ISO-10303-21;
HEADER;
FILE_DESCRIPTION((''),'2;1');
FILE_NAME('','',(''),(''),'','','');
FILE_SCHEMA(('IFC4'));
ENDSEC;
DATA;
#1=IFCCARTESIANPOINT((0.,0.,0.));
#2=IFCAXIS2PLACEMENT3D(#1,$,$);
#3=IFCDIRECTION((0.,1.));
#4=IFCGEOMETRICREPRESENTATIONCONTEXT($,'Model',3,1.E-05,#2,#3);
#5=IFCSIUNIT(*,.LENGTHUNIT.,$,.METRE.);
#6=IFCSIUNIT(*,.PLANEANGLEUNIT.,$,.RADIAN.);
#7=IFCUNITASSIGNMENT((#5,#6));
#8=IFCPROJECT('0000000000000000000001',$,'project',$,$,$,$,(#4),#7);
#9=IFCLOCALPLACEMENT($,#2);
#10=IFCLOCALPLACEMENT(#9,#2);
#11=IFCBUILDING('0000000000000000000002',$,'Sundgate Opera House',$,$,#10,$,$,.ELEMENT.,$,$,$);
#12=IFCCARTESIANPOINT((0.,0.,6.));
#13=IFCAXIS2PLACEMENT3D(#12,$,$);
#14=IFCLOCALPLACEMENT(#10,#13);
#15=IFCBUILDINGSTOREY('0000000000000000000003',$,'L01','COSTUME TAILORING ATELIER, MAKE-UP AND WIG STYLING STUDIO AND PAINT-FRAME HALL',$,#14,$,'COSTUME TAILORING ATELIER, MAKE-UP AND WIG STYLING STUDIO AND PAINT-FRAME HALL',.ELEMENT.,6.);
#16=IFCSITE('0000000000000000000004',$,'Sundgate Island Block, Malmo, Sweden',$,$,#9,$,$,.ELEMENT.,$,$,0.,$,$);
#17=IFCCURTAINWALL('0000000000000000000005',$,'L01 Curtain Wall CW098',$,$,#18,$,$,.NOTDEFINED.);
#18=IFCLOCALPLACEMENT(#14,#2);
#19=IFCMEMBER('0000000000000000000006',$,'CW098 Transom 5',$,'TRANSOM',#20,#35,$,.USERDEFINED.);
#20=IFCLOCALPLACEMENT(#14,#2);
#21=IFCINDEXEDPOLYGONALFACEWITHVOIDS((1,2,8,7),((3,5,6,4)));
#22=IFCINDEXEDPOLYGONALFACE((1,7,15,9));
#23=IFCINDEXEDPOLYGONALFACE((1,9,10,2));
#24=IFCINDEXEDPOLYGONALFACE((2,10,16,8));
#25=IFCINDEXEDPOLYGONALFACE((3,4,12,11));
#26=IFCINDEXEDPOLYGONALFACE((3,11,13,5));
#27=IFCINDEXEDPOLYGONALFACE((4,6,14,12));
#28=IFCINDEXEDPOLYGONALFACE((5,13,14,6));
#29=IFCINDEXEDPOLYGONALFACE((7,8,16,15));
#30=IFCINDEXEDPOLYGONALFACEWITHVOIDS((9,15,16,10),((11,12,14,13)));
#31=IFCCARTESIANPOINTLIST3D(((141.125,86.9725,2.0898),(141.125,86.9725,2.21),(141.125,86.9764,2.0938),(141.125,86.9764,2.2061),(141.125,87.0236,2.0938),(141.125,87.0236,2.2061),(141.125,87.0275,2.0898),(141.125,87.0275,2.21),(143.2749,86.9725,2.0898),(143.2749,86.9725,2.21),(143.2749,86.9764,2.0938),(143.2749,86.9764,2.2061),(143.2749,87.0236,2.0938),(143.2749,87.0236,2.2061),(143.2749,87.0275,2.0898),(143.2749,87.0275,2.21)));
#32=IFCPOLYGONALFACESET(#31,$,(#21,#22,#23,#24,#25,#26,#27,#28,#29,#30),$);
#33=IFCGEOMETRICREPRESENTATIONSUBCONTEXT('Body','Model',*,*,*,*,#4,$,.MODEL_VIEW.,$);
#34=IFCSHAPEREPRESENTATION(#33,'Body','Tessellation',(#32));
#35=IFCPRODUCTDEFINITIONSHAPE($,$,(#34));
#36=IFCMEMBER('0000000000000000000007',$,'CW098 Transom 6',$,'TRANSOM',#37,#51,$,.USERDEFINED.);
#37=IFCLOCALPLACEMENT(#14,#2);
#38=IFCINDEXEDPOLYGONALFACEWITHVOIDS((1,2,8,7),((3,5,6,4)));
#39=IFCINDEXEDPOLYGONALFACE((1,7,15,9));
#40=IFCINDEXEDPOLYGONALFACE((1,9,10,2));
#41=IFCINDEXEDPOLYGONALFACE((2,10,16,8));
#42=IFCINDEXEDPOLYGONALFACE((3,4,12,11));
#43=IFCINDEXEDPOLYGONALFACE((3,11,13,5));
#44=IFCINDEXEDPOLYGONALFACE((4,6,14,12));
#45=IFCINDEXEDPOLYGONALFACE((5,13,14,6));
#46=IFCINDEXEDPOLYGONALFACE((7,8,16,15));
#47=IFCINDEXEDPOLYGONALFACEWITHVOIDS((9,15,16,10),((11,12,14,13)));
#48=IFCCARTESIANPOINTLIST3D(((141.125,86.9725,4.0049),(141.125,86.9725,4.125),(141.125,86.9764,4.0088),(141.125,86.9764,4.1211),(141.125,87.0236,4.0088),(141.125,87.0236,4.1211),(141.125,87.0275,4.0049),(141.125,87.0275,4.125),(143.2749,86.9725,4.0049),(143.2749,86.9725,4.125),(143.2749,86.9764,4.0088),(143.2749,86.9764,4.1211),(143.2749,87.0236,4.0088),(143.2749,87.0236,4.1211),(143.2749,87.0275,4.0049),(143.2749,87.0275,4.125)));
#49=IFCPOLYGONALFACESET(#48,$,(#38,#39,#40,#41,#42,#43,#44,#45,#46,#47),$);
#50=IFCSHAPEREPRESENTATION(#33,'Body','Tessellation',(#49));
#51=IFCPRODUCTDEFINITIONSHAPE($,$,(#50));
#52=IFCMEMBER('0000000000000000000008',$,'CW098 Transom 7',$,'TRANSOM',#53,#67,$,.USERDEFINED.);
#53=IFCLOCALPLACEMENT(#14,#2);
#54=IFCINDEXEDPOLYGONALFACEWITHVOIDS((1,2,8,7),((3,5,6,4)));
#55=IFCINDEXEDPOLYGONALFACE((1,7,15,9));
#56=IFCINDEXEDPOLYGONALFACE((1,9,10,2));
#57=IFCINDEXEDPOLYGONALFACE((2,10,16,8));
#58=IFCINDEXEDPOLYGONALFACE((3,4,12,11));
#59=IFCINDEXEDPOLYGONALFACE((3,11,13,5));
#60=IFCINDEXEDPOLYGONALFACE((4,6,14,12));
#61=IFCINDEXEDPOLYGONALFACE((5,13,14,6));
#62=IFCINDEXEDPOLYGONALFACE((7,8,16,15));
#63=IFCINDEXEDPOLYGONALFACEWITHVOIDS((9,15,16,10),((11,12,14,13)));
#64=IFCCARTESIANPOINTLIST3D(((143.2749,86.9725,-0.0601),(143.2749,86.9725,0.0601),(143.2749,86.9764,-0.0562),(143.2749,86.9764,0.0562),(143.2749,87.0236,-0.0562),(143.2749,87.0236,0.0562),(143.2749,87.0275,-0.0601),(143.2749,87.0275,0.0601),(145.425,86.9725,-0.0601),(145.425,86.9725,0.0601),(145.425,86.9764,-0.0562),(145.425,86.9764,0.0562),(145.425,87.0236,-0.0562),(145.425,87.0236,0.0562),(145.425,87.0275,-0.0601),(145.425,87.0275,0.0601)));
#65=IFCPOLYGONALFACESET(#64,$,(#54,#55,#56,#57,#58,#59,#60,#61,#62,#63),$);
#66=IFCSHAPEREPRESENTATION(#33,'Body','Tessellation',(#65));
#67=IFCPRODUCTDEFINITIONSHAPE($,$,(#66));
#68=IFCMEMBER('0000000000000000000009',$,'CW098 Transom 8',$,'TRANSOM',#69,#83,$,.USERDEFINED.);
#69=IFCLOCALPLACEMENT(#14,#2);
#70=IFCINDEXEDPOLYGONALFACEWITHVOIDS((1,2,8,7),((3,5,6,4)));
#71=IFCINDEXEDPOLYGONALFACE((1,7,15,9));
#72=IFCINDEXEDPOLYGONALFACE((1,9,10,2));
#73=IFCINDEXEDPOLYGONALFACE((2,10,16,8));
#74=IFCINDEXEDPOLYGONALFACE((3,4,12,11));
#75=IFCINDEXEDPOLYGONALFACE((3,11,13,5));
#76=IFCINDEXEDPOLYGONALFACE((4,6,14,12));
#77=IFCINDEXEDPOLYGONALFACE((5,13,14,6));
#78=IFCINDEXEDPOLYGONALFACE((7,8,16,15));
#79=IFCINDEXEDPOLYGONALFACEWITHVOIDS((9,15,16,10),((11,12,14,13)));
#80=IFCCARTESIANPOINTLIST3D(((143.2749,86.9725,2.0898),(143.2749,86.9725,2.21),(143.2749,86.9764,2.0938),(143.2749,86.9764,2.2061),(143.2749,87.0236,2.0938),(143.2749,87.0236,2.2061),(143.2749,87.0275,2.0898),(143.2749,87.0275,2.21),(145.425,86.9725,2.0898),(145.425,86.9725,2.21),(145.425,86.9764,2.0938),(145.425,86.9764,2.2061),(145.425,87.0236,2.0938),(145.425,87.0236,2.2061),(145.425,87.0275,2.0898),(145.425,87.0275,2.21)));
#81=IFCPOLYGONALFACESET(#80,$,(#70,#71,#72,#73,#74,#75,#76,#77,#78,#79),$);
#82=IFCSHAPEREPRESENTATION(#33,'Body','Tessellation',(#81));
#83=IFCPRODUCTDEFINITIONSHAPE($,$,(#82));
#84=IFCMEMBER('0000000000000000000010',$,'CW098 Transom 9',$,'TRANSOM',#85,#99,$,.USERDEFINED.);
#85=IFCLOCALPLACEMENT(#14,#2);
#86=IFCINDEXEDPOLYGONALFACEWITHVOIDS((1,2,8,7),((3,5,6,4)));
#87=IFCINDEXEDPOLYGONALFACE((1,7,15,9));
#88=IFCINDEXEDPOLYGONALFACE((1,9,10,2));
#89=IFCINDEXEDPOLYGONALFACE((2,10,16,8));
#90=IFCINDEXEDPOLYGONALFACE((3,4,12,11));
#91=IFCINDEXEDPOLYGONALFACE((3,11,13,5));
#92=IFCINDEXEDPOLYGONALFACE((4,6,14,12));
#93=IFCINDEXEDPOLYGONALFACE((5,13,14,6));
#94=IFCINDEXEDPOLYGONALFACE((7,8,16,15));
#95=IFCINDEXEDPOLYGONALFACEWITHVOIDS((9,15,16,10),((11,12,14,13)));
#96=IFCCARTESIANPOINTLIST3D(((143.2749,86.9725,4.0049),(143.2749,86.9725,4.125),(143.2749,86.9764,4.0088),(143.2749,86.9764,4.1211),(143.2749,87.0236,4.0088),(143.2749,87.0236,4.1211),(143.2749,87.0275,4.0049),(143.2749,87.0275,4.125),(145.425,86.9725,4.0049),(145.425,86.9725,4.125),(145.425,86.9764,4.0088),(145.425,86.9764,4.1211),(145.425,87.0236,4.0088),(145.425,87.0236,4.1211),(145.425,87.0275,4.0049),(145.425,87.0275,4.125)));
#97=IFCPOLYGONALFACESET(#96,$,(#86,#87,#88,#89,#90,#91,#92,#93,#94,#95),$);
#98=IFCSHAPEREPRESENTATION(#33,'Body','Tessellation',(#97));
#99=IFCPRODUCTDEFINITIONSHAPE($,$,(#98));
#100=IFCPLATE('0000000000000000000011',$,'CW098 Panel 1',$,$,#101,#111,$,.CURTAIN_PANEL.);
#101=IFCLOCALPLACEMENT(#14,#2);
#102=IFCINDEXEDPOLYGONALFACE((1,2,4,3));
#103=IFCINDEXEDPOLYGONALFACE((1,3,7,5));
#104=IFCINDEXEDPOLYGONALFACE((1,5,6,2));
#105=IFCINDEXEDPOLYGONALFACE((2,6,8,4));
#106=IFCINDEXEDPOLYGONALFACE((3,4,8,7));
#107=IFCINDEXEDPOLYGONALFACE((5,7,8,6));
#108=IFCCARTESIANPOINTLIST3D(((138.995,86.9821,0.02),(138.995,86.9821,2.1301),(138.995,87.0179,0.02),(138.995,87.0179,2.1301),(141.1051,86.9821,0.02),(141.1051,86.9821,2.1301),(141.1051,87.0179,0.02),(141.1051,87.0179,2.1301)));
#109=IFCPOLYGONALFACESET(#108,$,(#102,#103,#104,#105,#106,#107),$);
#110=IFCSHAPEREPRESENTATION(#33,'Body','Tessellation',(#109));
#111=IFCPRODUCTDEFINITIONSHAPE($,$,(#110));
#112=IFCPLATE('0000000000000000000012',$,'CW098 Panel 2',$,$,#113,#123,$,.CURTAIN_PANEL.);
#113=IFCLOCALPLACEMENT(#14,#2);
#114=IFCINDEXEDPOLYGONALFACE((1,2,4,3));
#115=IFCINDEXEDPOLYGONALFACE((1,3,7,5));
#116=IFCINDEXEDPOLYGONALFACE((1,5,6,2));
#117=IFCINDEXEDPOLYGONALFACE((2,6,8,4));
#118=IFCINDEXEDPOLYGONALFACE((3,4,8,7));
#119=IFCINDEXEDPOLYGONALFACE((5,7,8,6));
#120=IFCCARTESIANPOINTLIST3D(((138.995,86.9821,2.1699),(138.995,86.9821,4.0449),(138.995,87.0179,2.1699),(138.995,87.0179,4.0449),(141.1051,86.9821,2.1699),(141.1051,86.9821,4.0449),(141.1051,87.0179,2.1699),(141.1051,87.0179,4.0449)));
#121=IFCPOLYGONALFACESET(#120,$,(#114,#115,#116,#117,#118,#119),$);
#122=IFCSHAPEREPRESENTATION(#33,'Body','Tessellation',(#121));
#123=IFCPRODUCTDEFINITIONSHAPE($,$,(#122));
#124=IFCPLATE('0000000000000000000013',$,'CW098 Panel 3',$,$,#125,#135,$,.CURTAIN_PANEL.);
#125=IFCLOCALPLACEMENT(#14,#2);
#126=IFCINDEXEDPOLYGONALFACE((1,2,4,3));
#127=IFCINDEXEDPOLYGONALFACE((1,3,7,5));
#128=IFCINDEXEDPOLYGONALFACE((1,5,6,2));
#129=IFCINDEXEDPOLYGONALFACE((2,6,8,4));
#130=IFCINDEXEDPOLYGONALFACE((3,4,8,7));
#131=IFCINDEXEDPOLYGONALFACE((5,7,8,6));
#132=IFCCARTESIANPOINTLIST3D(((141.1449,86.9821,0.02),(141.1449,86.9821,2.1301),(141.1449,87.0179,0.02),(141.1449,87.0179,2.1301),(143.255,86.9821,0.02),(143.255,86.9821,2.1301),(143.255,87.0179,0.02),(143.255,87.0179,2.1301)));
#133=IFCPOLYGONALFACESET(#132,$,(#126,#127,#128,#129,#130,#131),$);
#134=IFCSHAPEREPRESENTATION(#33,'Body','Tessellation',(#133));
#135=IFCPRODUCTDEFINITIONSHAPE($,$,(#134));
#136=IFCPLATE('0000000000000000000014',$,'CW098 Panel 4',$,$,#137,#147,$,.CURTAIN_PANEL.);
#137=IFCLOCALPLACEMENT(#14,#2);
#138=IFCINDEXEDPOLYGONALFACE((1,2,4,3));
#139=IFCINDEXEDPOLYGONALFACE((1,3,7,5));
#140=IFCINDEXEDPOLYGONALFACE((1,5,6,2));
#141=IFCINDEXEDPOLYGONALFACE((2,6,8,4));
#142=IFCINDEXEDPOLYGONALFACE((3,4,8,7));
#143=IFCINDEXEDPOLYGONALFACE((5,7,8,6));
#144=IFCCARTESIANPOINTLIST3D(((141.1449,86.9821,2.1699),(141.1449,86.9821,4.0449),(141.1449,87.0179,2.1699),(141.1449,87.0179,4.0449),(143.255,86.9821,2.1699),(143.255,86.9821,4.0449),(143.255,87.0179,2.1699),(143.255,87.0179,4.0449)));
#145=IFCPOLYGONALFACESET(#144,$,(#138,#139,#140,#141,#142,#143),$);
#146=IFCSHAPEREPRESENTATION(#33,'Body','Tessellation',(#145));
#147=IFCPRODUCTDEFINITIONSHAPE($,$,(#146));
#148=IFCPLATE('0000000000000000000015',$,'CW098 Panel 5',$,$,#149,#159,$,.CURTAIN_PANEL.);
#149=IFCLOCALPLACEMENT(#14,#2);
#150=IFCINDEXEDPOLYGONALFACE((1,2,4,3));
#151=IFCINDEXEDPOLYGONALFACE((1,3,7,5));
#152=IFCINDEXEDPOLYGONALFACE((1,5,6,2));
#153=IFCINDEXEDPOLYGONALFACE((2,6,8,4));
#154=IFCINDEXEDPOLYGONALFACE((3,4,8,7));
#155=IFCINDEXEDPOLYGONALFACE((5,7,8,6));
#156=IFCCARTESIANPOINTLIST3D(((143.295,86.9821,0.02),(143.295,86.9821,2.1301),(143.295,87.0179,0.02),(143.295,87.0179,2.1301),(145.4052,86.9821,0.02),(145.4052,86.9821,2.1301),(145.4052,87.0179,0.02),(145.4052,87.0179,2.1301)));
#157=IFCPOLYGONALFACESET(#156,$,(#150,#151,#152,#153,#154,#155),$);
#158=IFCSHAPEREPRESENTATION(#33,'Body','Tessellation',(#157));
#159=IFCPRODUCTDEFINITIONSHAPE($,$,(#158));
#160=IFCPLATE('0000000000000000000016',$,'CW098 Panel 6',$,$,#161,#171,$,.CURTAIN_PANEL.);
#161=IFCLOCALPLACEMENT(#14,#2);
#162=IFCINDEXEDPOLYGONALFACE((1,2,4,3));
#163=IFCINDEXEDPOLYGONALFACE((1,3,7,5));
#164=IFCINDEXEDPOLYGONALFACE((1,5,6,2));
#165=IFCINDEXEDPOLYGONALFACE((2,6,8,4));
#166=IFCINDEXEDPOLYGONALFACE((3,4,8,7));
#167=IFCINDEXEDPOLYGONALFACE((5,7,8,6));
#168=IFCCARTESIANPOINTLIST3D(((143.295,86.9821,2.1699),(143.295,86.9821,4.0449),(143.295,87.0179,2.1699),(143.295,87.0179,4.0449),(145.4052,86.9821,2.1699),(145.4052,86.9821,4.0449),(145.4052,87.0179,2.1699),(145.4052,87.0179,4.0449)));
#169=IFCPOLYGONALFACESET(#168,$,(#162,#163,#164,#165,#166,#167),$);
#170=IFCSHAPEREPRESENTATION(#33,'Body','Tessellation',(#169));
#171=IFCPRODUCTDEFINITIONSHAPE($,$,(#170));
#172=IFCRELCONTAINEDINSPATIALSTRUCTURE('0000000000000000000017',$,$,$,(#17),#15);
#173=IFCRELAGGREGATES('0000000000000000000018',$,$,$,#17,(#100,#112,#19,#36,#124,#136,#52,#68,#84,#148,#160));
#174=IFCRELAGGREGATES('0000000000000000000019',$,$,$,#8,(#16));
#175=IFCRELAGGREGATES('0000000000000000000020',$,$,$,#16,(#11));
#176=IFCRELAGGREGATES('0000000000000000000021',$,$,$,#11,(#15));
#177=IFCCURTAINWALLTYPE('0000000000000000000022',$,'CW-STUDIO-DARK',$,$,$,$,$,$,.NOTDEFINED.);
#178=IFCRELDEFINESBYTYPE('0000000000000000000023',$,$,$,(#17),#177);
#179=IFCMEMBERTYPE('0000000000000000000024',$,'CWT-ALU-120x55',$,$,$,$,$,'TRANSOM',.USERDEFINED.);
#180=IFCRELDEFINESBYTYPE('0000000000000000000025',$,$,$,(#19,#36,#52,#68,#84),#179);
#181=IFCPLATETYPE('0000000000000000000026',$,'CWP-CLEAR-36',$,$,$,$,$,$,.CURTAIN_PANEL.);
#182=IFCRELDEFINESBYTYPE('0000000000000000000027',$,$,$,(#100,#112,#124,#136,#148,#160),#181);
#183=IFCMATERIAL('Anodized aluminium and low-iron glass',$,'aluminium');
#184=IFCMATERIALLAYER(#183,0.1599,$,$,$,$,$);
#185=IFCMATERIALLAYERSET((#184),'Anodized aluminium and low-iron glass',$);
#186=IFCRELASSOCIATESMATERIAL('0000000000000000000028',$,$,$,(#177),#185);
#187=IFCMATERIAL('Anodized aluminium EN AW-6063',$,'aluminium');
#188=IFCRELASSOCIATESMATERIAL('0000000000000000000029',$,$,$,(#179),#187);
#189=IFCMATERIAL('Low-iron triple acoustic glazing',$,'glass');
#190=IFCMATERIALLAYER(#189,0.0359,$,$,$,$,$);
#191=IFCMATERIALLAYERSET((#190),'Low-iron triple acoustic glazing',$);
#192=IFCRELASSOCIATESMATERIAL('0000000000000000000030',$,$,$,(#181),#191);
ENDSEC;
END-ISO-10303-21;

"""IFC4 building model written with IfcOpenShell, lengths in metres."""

from ifc_helpers import new_model, si_unit, direction, frame, origin, origin_2d, place, context, subcontext, project, spatial, rectangle, hollow_rectangle, extrude, material, layer, layer_set, material_profile, profile_set, type_object, element, aggregate, save


model = new_model("IFC4")

# Units and contexts
model_context = context("Model", 3, precision=1e-05, world=origin(), true_north=direction((0.0, 1.0)))
body_context = subcontext(model_context, "Body", "Model", "MODEL_VIEW")
ifc_project = project(units=[si_unit("LENGTHUNIT", "METRE"), si_unit("PLANEANGLEUNIT", "RADIAN")], contexts=[model_context])

# Site, building, storey
site_placement = place(None, origin())
site = spatial("IfcSite", under=ifc_project, at=site_placement, Name="Sundgate Island Block, Malmo, Sweden", CompositionType="ELEMENT", RefElevation=0.0)
building_placement = place(site_placement, origin())
building = spatial("IfcBuilding", under=site, at=building_placement, Name="Sundgate Opera House", CompositionType="ELEMENT")
storey_placement = place(building_placement, frame((0.0, 0.0, 6.0)))
storey = spatial("IfcBuildingStorey", under=building, at=storey_placement, Name="L01", Description="COSTUME TAILORING ATELIER, MAKE-UP AND WIG STYLING STUDIO AND PAINT-FRAME HALL", LongName="COSTUME TAILORING ATELIER, MAKE-UP AND WIG STYLING STUDIO AND PAINT-FRAME HALL", CompositionType="ELEMENT", Elevation=6.0)

# Shared definitions
ifc_material_1 = material(Name="Anodized aluminium and low-iron glass", Category="aluminium")
ifc_layer_1 = layer(ifc_material_1, 0.1599)
ifc_layer_set_1 = layer_set([ifc_layer_1], Name="Anodized aluminium and low-iron glass")
curtain_wall_type = type_object("IfcCurtainWallType", Name="CW-STUDIO-DARK", PredefinedType="NOTDEFINED", material=ifc_layer_set_1)

# Curtain wall, members, plates
curtain_wall_1_placement = place(storey_placement, origin())
curtain_wall_1 = element("IfcCurtainWall", 1, at=curtain_wall_1_placement, inside=storey, type_object=curtain_wall_type, Name="L01 Curtain Wall CW098", PredefinedType="NOTDEFINED")
ifc_material_2 = material(Name="Anodized aluminium EN AW-6063", Category="aluminium")
ifc_material_profile_1 = material_profile(ifc_material_2, hollow_rectangle(XDim=0.0549, YDim=0.1201, WallThickness=0.0039, at=origin_2d()), Name="CWT 120x55x4")
ifc_profile_set_1 = profile_set([ifc_material_profile_1], Name="Anodized aluminium EN AW-6063")
member_type_1 = type_object("IfcMemberType", Name="CWT-ALU-120x55", ElementType="TRANSOM", PredefinedType="USERDEFINED", material=ifc_profile_set_1)
member_1_placement = place(storey_placement, frame((141.125, 87.0, 2.1499), z_axis=(1.0, 0.0, 0.0), x_axis=(0.0, 1.0, 0.0)))
member_1 = element("IfcMember", 2, at=member_1_placement, type_object=member_type_1, Name="CW098 Transom 5", ObjectType="TRANSOM", PredefinedType="USERDEFINED", context=body_context, shape_type="SweptSolid", body=[
    extrude(hollow_rectangle(XDim=0.0549, YDim=0.1201, WallThickness=0.0039, at=origin_2d()), origin(), (0.0, 0.0, 1.0), 2.1499),
])
member_2_placement = place(storey_placement, frame((141.125, 87.0, 4.0649), z_axis=(1.0, 0.0, 0.0), x_axis=(0.0, 1.0, 0.0)))
member_2 = element("IfcMember", 3, at=member_2_placement, type_object=member_type_1, Name="CW098 Transom 6", ObjectType="TRANSOM", PredefinedType="USERDEFINED", context=body_context, shape_type="SweptSolid", body=[
    extrude(hollow_rectangle(XDim=0.0549, YDim=0.1201, WallThickness=0.0039, at=origin_2d()), origin(), (0.0, 0.0, 1.0), 2.1499),
])
member_3_placement = place(storey_placement, frame((143.2749, 87.0, 0.0), z_axis=(1.0, 0.0, 0.0), x_axis=(0.0, 1.0, 0.0)))
member_3 = element("IfcMember", 4, at=member_3_placement, type_object=member_type_1, Name="CW098 Transom 7", ObjectType="TRANSOM", PredefinedType="USERDEFINED", context=body_context, shape_type="SweptSolid", body=[
    extrude(hollow_rectangle(XDim=0.0549, YDim=0.1201, WallThickness=0.0039, at=origin_2d()), origin(), (0.0, 0.0, 1.0), 2.1501),
])
member_4_placement = place(storey_placement, frame((143.2749, 87.0, 2.1499), z_axis=(1.0, 0.0, 0.0), x_axis=(0.0, 1.0, 0.0)))
member_4 = element("IfcMember", 5, at=member_4_placement, type_object=member_type_1, Name="CW098 Transom 8", ObjectType="TRANSOM", PredefinedType="USERDEFINED", context=body_context, shape_type="SweptSolid", body=[
    extrude(hollow_rectangle(XDim=0.0549, YDim=0.1201, WallThickness=0.0039, at=origin_2d()), origin(), (0.0, 0.0, 1.0), 2.1501),
])
member_5_placement = place(storey_placement, frame((143.2749, 87.0, 4.0649), z_axis=(1.0, 0.0, 0.0), x_axis=(0.0, 1.0, 0.0)))
member_5 = element("IfcMember", 6, at=member_5_placement, type_object=member_type_1, Name="CW098 Transom 9", ObjectType="TRANSOM", PredefinedType="USERDEFINED", context=body_context, shape_type="SweptSolid", body=[
    extrude(hollow_rectangle(XDim=0.0549, YDim=0.1201, WallThickness=0.0039, at=origin_2d()), origin(), (0.0, 0.0, 1.0), 2.1501),
])
ifc_material_3 = material(Name="Low-iron triple acoustic glazing", Category="glass")
ifc_layer_2 = layer(ifc_material_3, 0.0359)
ifc_layer_set_2 = layer_set([ifc_layer_2], Name="Low-iron triple acoustic glazing")
plate_type = type_object("IfcPlateType", Name="CWP-CLEAR-36", PredefinedType="CURTAIN_PANEL", material=ifc_layer_set_2)
plate_1_placement = place(storey_placement, frame((140.05, 87.0, 0.02), z_axis=(0.0, 0.0, 1.0), x_axis=(1.0, 0.0, 0.0)))
plate_1 = element("IfcPlate", 7, at=plate_1_placement, type_object=plate_type, Name="CW098 Panel 1", PredefinedType="CURTAIN_PANEL", context=body_context, shape_type="SweptSolid", body=[
    extrude(rectangle(XDim=2.1101, YDim=0.0359, at=origin_2d()), origin(), (0.0, 0.0, 1.0), 2.1101),
])
plate_2_placement = place(storey_placement, frame((140.05, 87.0, 2.1699), z_axis=(0.0, 0.0, 1.0), x_axis=(1.0, 0.0, 0.0)))
plate_2 = element("IfcPlate", 8, at=plate_2_placement, type_object=plate_type, Name="CW098 Panel 2", PredefinedType="CURTAIN_PANEL", context=body_context, shape_type="SweptSolid", body=[
    extrude(rectangle(XDim=2.1101, YDim=0.0359, at=origin_2d()), origin(), (0.0, 0.0, 1.0), 1.875),
])
plate_3_placement = place(storey_placement, frame((142.2, 87.0, 0.02), z_axis=(0.0, 0.0, 1.0), x_axis=(1.0, 0.0, 0.0)))
plate_3 = element("IfcPlate", 9, at=plate_3_placement, type_object=plate_type, Name="CW098 Panel 3", PredefinedType="CURTAIN_PANEL", context=body_context, shape_type="SweptSolid", body=[
    extrude(rectangle(XDim=2.1101, YDim=0.0359, at=origin_2d()), origin(), (0.0, 0.0, 1.0), 2.1101),
])
plate_4_placement = place(storey_placement, frame((142.2, 87.0, 2.1699), z_axis=(0.0, 0.0, 1.0), x_axis=(1.0, 0.0, 0.0)))
plate_4 = element("IfcPlate", 10, at=plate_4_placement, type_object=plate_type, Name="CW098 Panel 4", PredefinedType="CURTAIN_PANEL", context=body_context, shape_type="SweptSolid", body=[
    extrude(rectangle(XDim=2.1101, YDim=0.0359, at=origin_2d()), origin(), (0.0, 0.0, 1.0), 1.875),
])
plate_5_placement = place(storey_placement, frame((144.3501, 87.0, 0.02), z_axis=(0.0, 0.0, 1.0), x_axis=(1.0, 0.0, 0.0)))
plate_5 = element("IfcPlate", 11, at=plate_5_placement, type_object=plate_type, Name="CW098 Panel 5", PredefinedType="CURTAIN_PANEL", context=body_context, shape_type="SweptSolid", body=[
    extrude(rectangle(XDim=2.1101, YDim=0.0359, at=origin_2d()), origin(), (0.0, 0.0, 1.0), 2.1101),
])
plate_6_placement = place(storey_placement, frame((144.3501, 87.0, 2.1699), z_axis=(0.0, 0.0, 1.0), x_axis=(1.0, 0.0, 0.0)))
plate_6 = element("IfcPlate", 12, at=plate_6_placement, type_object=plate_type, Name="CW098 Panel 6", PredefinedType="CURTAIN_PANEL", context=body_context, shape_type="SweptSolid", body=[
    extrude(rectangle(XDim=2.1101, YDim=0.0359, at=origin_2d()), origin(), (0.0, 0.0, 1.0), 1.875),
])
aggregate(curtain_wall_1, [plate_1, plate_2, member_1, member_2, plate_3, plate_4, member_3, member_4, member_5, plate_5, plate_6])

save(model, "model.ifc")
